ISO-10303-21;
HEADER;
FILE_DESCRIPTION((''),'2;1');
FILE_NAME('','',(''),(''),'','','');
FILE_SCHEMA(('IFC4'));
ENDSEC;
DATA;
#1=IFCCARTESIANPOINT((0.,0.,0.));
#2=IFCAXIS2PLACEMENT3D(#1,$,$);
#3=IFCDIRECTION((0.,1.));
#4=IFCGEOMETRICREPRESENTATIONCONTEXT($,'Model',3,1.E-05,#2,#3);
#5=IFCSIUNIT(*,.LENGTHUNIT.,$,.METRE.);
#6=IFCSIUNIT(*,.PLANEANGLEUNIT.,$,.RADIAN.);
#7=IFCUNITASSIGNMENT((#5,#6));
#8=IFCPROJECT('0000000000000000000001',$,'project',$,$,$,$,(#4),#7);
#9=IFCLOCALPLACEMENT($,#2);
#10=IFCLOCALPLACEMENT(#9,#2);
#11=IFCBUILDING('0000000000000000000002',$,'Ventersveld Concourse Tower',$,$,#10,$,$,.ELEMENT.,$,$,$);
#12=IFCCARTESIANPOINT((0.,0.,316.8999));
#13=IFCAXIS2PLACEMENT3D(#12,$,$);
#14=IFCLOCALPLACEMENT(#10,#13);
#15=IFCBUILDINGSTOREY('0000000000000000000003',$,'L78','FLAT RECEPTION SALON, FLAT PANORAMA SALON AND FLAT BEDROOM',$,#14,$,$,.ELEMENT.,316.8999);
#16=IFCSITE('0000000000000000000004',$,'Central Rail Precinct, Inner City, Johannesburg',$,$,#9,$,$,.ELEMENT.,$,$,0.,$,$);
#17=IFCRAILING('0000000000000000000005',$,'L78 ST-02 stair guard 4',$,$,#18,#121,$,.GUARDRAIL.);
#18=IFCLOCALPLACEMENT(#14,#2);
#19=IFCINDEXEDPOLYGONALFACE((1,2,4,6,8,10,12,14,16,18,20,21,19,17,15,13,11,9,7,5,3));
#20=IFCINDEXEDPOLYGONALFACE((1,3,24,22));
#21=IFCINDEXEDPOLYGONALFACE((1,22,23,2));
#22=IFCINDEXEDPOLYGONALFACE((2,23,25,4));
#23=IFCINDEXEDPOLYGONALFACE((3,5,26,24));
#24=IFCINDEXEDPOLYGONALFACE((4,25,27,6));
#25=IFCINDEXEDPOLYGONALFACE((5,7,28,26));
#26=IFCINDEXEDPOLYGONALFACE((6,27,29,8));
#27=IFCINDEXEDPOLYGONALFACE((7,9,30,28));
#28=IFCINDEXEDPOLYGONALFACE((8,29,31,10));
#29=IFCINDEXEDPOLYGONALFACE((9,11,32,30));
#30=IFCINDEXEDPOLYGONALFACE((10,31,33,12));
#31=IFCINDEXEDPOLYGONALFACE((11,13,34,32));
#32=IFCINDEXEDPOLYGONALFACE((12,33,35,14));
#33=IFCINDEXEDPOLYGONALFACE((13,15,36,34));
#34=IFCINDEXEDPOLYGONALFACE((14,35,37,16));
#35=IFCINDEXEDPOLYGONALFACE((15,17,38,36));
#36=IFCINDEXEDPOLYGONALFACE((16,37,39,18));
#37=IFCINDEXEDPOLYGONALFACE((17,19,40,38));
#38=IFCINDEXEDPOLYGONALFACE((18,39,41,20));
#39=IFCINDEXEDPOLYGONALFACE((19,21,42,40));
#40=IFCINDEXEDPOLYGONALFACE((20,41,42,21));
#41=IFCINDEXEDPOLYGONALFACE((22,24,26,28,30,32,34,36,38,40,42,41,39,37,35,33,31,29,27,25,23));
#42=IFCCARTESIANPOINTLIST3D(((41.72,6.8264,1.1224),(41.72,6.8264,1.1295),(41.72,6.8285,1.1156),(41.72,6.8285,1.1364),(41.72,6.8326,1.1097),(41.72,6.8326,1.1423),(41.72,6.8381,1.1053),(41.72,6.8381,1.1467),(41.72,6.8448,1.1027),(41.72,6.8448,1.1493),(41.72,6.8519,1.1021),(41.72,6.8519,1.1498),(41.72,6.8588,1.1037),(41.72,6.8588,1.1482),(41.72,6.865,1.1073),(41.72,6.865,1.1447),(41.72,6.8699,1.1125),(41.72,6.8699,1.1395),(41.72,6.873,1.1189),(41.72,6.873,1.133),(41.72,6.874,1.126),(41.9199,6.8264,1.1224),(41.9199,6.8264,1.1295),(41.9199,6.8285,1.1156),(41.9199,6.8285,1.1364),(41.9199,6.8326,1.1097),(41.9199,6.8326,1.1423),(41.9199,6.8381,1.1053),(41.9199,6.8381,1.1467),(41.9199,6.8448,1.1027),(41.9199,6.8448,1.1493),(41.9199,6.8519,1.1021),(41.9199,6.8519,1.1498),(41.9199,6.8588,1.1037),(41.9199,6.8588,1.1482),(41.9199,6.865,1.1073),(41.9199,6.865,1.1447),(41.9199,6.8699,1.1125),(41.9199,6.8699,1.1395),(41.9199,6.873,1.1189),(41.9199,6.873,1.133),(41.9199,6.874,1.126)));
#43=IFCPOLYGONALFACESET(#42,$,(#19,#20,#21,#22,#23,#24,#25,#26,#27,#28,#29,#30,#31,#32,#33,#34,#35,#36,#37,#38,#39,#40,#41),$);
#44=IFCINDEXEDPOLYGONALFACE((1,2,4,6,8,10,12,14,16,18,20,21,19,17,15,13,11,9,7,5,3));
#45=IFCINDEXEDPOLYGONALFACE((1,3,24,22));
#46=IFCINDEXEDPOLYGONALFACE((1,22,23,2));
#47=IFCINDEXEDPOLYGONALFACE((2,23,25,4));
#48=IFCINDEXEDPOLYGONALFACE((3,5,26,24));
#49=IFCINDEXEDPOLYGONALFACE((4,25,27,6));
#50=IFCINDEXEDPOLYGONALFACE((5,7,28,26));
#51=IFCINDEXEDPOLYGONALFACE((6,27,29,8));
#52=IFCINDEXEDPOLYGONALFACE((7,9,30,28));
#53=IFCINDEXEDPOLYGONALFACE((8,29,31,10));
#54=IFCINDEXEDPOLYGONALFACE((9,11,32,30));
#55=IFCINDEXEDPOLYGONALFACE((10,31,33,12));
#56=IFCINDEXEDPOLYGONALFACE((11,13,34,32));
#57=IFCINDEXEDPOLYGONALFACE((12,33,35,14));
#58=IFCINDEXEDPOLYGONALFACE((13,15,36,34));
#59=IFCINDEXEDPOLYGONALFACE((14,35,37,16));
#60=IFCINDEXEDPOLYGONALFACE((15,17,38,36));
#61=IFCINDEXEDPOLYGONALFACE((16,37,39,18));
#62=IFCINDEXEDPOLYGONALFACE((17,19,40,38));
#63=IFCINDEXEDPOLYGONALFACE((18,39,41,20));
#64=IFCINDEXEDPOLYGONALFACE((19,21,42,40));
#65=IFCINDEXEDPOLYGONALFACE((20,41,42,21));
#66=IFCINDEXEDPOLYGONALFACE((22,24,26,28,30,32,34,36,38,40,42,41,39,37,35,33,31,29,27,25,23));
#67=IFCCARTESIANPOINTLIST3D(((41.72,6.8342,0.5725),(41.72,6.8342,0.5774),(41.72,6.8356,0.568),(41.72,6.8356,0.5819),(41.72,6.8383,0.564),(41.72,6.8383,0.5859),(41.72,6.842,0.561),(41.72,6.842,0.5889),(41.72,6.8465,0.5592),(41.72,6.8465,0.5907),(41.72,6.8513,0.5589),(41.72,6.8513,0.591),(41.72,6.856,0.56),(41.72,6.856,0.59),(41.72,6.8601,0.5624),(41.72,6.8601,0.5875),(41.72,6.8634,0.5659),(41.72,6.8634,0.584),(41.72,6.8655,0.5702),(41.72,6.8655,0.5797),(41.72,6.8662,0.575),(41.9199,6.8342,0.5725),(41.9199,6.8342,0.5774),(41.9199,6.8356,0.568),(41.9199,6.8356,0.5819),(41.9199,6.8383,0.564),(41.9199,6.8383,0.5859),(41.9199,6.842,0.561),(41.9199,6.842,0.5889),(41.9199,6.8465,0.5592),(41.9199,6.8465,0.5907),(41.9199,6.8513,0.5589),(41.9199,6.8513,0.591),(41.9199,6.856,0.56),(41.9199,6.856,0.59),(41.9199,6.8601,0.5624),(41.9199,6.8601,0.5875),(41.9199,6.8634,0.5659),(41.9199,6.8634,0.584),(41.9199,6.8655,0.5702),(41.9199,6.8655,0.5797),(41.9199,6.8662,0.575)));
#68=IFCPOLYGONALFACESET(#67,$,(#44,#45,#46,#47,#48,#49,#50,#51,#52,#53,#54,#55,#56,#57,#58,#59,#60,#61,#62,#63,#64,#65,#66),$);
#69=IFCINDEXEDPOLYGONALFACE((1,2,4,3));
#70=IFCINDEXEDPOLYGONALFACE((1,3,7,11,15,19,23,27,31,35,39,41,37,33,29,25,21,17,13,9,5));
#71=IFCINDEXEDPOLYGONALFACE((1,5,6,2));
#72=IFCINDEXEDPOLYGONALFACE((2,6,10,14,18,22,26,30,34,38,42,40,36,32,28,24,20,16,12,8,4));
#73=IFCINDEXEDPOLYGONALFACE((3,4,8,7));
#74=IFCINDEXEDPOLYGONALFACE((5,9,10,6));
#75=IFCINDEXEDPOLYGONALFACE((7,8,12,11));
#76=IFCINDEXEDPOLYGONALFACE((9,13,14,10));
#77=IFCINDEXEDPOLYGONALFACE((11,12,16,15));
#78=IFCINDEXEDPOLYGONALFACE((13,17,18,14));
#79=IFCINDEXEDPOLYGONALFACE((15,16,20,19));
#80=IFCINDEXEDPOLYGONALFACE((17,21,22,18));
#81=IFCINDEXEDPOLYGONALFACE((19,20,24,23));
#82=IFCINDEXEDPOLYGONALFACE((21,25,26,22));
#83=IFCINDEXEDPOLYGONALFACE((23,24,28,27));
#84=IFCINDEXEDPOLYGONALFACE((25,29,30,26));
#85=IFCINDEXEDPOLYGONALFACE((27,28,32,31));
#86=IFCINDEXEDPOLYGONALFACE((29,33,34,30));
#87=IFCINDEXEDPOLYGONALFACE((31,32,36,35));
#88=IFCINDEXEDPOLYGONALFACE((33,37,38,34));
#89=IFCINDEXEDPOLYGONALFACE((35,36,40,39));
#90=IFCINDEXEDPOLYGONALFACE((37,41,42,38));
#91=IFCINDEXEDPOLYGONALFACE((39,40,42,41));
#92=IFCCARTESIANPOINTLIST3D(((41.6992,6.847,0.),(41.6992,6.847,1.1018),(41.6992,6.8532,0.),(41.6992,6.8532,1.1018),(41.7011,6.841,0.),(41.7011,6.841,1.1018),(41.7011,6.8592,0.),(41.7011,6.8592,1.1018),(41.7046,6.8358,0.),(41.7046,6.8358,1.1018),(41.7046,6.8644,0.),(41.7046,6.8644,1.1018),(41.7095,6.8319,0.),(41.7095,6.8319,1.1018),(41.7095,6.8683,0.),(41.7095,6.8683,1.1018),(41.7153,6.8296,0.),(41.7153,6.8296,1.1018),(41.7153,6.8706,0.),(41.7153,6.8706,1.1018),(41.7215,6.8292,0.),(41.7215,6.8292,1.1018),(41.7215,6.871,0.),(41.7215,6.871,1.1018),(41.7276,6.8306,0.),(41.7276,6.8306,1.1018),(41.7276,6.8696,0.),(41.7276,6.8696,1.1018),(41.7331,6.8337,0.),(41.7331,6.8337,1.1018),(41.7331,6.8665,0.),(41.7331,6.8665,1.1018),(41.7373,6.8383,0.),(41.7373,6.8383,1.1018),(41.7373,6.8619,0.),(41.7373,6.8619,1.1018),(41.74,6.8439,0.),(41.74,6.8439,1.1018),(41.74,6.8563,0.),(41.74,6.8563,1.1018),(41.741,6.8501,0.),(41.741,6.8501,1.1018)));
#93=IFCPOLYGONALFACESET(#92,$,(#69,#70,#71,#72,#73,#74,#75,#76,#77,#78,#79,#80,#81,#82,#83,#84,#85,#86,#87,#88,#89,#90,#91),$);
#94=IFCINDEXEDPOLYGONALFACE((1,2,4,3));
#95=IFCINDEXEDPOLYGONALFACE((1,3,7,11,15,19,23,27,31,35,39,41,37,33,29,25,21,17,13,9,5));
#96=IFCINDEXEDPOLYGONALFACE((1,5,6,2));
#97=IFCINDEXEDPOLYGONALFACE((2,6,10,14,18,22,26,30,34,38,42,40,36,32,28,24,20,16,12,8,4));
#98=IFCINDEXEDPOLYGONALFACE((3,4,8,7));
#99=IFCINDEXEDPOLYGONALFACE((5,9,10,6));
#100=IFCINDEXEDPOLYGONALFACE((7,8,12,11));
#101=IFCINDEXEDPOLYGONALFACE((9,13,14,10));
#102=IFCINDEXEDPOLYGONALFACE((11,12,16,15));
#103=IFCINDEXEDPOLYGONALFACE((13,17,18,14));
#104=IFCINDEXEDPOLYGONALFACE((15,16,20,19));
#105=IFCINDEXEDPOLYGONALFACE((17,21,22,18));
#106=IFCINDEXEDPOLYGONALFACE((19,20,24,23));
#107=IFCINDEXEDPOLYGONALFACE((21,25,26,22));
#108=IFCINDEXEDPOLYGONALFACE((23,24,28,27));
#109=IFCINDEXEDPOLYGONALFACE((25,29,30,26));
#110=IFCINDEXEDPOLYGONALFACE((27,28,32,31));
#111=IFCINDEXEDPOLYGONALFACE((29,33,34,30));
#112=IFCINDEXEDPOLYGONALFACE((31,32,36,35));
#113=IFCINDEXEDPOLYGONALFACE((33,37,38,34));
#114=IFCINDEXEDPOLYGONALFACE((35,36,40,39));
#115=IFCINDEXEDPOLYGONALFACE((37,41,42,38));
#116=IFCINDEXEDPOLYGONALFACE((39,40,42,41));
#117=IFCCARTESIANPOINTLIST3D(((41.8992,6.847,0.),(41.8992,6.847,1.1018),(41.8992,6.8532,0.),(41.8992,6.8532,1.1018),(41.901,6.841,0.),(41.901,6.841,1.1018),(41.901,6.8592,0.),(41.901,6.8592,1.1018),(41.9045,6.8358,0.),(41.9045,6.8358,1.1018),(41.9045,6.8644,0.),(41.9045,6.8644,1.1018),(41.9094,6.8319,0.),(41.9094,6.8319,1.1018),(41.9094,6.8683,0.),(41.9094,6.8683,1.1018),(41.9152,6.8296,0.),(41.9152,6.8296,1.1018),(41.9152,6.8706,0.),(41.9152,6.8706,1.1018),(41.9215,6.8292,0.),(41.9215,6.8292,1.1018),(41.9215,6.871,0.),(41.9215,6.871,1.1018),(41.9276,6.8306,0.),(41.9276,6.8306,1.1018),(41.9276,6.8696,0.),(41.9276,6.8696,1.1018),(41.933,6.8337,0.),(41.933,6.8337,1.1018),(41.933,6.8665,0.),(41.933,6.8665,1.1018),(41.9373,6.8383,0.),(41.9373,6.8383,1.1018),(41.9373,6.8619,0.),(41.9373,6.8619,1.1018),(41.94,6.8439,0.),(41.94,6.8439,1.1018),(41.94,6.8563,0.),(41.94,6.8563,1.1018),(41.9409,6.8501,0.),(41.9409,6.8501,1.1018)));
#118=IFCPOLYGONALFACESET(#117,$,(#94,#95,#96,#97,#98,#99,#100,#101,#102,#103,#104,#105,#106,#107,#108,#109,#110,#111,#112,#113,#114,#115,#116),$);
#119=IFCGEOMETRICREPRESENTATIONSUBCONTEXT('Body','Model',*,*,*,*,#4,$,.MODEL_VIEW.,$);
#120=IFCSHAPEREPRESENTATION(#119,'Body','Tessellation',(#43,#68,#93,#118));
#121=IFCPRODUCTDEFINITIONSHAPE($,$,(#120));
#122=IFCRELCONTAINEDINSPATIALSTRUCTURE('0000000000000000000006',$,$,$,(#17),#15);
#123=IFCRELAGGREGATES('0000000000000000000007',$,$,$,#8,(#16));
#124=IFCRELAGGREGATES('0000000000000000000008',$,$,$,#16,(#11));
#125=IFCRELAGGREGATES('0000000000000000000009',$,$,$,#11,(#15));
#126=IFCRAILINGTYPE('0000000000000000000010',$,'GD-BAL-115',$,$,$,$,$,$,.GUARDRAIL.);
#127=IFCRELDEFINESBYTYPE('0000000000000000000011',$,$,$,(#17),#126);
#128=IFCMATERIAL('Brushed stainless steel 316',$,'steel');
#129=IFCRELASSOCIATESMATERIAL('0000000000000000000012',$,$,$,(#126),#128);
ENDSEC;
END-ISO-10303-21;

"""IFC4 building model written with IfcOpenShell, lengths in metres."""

from ifc_helpers import new_model, si_unit, direction, frame, origin, origin_2d, place, context, subcontext, project, spatial, circle, extrude, material, type_object, element, save


model = new_model("IFC4")

# Units and contexts
model_context = context("Model", 3, precision=1e-05, world=origin(), true_north=direction((0.0, 1.0)))
body_context = subcontext(model_context, "Body", "Model", "MODEL_VIEW")
ifc_project = project(units=[si_unit("LENGTHUNIT", "METRE"), si_unit("PLANEANGLEUNIT", "RADIAN")], contexts=[model_context])

# Site, building, storey
site_placement = place(None, origin())
site = spatial("IfcSite", under=ifc_project, at=site_placement, Name="Central Rail Precinct, Inner City, Johannesburg", CompositionType="ELEMENT", RefElevation=0.0)
building_placement = place(site_placement, origin())
building = spatial("IfcBuilding", under=site, at=building_placement, Name="Ventersveld Concourse Tower", CompositionType="ELEMENT")
storey_placement = place(building_placement, frame((0.0, 0.0, 316.8999)))
storey = spatial("IfcBuildingStorey", under=building, at=storey_placement, Name="L78", Description="FLAT RECEPTION SALON, FLAT PANORAMA SALON AND FLAT BEDROOM", CompositionType="ELEMENT", Elevation=316.8999)

# Shared definitions
ifc_material_1 = material(Name="Brushed stainless steel 316", Category="steel")

# Railing
railing_type_1 = type_object("IfcRailingType", Name="GD-BAL-115", PredefinedType="GUARDRAIL", material=ifc_material_1)
railing_1_placement = place(storey_placement, frame((41.72, 6.8501, 0.0)))
element("IfcRailing", 1, at=railing_1_placement, inside=storey, type_object=railing_type_1, Name="L78 ST-02 stair guard 4", PredefinedType="GUARDRAIL", context=body_context, shape_type="SweptSolid", body=[
    extrude(circle(Radius=0.0239, at=origin_2d()), frame((0.0, 0.0, 1.126), z_axis=(1.0, 0.0, 0.0), x_axis=(0.0, 1.0, 0.0)), (0.0, 0.0, 1.0), 0.2),
    extrude(circle(Radius=0.0161, at=origin_2d()), frame((0.0, 0.0, 0.575), z_axis=(1.0, 0.0, 0.0), x_axis=(0.0, 1.0, 0.0)), (0.0, 0.0, 1.0), 0.2),
    extrude(circle(Radius=0.021, at=origin_2d()), origin(), (0.0, 0.0, 1.0), 1.1018),
    extrude(circle(Radius=0.021, at=origin_2d()), frame((0.2, 0.0, 0.0)), (0.0, 0.0, 1.0), 1.1018),
])

save(model, "model.ifc")
